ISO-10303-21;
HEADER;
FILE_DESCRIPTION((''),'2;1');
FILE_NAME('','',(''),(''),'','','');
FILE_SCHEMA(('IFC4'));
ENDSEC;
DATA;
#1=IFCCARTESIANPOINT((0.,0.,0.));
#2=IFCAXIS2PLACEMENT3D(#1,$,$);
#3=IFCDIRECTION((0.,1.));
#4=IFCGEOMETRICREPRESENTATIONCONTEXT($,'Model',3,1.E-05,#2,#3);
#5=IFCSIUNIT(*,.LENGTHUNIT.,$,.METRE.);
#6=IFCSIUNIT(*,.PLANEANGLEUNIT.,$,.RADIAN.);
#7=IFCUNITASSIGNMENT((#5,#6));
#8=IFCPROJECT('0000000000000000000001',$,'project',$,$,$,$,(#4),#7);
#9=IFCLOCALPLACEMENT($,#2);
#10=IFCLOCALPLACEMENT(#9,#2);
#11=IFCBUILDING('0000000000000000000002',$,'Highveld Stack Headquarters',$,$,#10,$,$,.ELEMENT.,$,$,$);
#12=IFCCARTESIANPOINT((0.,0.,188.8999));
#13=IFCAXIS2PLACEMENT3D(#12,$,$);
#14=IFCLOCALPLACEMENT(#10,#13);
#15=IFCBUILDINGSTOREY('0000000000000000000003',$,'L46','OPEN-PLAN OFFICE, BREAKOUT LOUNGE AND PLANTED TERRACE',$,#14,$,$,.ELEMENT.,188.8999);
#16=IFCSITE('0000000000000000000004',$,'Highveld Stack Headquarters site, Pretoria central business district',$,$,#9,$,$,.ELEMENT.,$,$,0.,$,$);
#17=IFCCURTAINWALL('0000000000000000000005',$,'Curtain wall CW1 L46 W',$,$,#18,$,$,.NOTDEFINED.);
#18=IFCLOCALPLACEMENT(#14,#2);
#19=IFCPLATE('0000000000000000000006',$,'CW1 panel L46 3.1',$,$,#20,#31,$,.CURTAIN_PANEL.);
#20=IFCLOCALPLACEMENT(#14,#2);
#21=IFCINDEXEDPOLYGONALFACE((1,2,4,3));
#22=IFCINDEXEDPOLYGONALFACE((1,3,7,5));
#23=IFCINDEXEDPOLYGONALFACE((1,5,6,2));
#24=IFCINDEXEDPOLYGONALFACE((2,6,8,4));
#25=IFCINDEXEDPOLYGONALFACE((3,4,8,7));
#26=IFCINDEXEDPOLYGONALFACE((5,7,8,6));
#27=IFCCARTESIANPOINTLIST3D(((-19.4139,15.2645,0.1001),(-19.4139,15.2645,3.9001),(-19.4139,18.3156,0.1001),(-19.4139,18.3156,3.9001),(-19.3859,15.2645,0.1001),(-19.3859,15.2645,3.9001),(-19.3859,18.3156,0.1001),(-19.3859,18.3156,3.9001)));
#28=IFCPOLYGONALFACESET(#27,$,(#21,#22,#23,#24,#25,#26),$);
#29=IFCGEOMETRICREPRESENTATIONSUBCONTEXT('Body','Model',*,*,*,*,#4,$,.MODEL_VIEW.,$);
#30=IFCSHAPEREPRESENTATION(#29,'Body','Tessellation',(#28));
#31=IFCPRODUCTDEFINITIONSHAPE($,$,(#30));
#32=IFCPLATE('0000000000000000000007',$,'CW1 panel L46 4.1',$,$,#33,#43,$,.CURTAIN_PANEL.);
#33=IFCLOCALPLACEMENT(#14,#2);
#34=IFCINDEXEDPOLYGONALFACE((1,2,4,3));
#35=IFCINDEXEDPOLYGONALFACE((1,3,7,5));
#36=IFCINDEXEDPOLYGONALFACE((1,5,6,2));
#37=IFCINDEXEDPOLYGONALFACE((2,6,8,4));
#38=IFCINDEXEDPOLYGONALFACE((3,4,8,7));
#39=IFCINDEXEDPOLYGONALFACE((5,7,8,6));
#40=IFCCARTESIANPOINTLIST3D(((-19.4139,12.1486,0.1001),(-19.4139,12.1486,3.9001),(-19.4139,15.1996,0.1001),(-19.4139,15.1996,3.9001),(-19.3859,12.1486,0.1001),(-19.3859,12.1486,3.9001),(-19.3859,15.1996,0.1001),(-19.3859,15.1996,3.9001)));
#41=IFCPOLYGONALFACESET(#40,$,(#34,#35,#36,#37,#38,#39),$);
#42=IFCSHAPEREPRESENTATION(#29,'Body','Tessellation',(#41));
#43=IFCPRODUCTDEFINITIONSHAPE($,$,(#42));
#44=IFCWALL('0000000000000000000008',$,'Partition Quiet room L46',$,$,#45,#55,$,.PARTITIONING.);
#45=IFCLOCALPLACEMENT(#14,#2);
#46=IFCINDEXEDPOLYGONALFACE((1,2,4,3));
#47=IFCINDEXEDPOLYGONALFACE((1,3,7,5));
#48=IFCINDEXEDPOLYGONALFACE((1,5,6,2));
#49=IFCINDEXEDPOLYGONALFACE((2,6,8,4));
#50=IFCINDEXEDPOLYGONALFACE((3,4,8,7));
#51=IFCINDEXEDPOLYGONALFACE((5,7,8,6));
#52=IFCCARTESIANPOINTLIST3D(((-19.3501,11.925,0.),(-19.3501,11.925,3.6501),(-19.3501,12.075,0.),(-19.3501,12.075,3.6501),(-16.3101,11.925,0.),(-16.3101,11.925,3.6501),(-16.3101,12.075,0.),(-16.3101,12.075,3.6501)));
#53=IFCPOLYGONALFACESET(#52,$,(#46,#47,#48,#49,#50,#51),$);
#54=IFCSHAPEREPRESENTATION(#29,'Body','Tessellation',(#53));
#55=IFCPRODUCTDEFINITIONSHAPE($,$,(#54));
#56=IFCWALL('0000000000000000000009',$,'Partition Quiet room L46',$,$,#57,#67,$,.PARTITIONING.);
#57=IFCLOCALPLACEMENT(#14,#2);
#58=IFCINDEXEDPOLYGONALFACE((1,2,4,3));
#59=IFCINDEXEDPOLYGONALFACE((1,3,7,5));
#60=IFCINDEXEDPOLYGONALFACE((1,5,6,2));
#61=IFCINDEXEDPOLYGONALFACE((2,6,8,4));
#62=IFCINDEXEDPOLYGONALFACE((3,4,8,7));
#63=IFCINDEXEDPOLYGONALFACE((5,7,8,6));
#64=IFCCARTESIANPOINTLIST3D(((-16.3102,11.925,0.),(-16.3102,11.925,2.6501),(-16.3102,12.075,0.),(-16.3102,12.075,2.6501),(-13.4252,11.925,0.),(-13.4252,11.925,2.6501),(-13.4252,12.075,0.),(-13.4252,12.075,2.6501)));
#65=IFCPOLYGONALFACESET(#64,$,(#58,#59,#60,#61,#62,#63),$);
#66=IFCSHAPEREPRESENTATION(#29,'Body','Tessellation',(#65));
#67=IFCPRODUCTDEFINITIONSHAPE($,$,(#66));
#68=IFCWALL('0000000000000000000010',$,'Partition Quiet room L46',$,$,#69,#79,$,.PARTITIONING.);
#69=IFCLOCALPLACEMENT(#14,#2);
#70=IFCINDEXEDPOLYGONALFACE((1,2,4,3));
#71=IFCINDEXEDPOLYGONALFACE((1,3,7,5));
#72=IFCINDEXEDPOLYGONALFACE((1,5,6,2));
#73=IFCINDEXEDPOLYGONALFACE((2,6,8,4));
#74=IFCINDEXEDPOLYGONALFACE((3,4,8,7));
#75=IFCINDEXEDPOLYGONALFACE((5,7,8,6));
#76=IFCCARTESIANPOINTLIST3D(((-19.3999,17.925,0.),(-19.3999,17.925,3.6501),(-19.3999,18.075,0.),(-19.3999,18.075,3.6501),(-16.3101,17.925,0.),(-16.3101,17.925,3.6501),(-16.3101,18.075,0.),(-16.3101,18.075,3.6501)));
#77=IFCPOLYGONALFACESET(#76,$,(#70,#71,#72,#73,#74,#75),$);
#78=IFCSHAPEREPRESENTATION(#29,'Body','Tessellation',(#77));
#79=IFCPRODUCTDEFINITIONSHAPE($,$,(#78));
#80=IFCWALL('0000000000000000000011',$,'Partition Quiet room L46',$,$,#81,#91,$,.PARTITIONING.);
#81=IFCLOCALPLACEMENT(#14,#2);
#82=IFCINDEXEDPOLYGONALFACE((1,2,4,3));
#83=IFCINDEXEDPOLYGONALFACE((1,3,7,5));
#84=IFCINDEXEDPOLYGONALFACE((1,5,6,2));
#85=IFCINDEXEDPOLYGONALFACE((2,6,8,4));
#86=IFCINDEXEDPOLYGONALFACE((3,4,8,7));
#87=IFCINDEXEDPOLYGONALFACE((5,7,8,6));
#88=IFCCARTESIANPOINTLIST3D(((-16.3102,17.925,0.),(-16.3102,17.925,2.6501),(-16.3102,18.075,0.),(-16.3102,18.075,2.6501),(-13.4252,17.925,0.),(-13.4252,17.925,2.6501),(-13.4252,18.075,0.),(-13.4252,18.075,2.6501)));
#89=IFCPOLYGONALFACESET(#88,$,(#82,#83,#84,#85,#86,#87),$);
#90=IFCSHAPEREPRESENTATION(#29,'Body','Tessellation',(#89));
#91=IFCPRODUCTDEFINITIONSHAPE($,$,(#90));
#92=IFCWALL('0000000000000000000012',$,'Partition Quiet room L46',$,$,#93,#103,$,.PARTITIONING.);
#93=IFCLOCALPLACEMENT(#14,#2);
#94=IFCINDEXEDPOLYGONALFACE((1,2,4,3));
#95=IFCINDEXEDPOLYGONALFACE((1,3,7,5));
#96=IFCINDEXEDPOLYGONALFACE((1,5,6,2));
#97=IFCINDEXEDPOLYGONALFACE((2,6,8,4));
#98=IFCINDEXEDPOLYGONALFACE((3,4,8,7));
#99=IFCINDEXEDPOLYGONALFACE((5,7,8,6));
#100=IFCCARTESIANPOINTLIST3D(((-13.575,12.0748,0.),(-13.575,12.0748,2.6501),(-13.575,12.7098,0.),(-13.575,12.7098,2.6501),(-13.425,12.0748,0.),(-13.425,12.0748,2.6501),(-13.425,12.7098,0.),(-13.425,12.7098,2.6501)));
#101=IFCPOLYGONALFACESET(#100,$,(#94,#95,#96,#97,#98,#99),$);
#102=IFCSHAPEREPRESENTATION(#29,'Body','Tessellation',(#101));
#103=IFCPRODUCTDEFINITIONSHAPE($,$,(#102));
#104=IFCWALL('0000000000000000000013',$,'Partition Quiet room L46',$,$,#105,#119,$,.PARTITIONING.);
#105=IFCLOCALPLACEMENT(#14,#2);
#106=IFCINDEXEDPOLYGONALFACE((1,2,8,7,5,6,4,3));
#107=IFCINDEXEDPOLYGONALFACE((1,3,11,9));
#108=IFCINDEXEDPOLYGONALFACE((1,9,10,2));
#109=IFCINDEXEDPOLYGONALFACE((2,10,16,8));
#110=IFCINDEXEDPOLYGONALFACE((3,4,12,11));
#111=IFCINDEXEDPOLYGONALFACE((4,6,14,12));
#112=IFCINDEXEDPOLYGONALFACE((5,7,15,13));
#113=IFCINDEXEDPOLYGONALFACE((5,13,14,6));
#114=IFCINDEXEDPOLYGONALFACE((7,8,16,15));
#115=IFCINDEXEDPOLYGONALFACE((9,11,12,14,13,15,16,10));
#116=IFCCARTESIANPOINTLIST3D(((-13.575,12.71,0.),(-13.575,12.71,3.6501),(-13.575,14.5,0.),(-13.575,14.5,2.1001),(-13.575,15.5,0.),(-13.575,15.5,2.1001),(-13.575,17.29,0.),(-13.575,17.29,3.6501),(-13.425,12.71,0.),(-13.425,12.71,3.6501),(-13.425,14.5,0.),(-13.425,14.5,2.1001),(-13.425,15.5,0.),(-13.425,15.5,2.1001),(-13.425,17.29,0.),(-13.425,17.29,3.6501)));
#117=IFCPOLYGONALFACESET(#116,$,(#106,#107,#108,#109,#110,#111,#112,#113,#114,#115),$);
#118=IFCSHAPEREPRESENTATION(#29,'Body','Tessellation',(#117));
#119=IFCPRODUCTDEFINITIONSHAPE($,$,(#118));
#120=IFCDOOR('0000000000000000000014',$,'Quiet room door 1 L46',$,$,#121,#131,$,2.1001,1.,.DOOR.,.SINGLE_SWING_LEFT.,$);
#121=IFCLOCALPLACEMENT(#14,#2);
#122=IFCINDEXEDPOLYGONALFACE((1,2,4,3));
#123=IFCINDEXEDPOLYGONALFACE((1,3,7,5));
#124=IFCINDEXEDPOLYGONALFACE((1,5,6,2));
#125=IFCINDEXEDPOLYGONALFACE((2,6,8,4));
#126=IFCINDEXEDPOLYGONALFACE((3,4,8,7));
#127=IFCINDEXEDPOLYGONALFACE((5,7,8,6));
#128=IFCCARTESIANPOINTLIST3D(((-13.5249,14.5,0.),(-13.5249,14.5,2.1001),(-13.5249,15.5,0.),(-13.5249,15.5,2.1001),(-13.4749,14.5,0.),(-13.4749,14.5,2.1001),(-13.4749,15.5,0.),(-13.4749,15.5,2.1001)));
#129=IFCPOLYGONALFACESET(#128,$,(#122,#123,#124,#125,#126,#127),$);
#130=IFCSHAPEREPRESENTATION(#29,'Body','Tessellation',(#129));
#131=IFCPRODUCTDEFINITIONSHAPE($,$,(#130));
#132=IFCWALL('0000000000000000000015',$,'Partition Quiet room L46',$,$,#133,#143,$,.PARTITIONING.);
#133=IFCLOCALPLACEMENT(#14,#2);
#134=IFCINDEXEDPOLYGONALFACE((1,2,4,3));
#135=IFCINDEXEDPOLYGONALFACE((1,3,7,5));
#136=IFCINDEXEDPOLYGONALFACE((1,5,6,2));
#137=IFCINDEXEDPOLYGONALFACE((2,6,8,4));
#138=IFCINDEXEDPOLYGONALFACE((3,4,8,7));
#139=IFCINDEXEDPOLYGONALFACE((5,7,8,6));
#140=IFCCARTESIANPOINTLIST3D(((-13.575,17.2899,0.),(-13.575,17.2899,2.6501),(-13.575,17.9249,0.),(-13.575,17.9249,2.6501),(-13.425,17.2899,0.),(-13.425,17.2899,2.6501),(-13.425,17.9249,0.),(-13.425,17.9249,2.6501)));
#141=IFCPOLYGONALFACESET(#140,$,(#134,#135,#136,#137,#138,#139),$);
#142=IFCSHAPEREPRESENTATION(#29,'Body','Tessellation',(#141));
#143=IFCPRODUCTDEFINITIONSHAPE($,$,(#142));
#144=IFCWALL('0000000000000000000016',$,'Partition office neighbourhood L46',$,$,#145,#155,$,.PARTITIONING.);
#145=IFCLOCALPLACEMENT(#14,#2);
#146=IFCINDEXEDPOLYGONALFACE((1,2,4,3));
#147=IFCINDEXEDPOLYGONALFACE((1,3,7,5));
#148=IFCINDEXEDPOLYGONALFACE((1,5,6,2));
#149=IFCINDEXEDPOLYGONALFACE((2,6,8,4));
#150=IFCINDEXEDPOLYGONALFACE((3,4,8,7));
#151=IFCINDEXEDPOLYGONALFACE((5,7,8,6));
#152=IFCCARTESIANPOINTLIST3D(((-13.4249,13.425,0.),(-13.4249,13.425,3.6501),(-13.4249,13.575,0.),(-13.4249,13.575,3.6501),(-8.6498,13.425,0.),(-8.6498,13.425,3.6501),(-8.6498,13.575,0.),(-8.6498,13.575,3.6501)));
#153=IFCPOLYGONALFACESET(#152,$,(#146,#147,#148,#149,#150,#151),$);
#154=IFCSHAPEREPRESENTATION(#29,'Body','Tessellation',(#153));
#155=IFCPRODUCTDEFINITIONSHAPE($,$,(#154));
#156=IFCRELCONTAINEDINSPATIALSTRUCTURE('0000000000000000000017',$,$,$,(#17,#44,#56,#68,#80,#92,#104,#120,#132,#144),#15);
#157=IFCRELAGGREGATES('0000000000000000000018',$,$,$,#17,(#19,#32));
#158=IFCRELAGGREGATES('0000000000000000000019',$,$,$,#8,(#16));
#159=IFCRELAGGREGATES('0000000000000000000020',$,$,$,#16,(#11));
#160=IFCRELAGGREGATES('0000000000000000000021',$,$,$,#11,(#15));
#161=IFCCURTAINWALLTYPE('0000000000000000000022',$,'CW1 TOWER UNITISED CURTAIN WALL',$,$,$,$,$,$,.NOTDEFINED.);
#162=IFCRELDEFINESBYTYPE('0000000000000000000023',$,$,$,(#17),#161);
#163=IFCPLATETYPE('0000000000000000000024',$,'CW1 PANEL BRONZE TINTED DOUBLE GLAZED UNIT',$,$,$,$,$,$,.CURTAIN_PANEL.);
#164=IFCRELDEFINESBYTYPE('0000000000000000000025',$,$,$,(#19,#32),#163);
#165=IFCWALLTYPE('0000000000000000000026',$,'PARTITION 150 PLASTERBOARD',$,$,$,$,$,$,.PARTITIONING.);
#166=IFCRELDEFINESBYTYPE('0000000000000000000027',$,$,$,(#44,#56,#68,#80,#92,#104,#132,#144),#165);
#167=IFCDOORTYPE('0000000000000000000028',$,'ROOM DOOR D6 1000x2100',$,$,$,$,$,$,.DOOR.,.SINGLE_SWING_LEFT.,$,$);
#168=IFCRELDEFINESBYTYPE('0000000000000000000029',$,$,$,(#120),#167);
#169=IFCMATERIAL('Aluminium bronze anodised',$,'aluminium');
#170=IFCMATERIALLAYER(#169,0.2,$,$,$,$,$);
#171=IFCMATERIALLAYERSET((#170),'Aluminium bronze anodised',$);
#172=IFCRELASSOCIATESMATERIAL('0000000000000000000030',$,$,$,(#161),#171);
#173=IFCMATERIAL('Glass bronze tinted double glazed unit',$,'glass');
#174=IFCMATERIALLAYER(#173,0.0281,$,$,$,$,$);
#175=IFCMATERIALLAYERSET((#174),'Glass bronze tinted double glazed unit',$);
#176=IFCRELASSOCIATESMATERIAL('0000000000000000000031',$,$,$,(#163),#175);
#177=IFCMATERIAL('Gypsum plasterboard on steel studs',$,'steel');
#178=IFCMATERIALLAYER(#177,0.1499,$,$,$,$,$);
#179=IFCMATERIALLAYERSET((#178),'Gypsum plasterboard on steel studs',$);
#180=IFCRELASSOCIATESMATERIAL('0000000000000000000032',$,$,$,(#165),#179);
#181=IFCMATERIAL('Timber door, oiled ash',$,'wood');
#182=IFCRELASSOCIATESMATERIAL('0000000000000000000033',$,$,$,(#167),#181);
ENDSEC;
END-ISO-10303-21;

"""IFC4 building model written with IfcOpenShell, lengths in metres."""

from ifc_helpers import new_model, si_unit, direction, frame, frame_2d, origin, origin_2d, place, context, subcontext, project, spatial, rectangle, extrude, material, layer, layer_set, type_object, element, fill, aggregate, save


model = new_model("IFC4")

# Units and contexts
model_context = context("Model", 3, precision=1e-05, world=origin(), true_north=direction((0.0, 1.0)))
body_context = subcontext(model_context, "Body", "Model", "MODEL_VIEW")
ifc_project = project(units=[si_unit("LENGTHUNIT", "METRE"), si_unit("PLANEANGLEUNIT", "RADIAN")], contexts=[model_context])

# Site, building, storey
site_placement = place(None, origin())
site = spatial("IfcSite", under=ifc_project, at=site_placement, Name="Highveld Stack Headquarters site, Pretoria central business district", CompositionType="ELEMENT", RefElevation=0.0)
building_placement = place(site_placement, origin())
building = spatial("IfcBuilding", under=site, at=building_placement, Name="Highveld Stack Headquarters", CompositionType="ELEMENT")
storey_placement = place(building_placement, frame((0.0, 0.0, 188.8999)))
storey = spatial("IfcBuildingStorey", under=building, at=storey_placement, Name="L46", Description="OPEN-PLAN OFFICE, BREAKOUT LOUNGE AND PLANTED TERRACE", CompositionType="ELEMENT", Elevation=188.8999)

# Curtain wall
ifc_material_1 = material(Name="Aluminium bronze anodised", Category="aluminium")
ifc_layer_1 = layer(ifc_material_1, 0.2)
ifc_layer_set_1 = layer_set([ifc_layer_1], Name="Aluminium bronze anodised")
curtain_wall_type = type_object("IfcCurtainWallType", Name="CW1 TOWER UNITISED CURTAIN WALL", PredefinedType="NOTDEFINED", material=ifc_layer_set_1)
curtain_wall_placement = place(storey_placement, origin())
curtain_wall = element("IfcCurtainWall", 1, at=curtain_wall_placement, inside=storey, type_object=curtain_wall_type, Name="Curtain wall CW1 L46 W", PredefinedType="NOTDEFINED")

# Plates
ifc_material_2 = material(Name="Glass bronze tinted double glazed unit", Category="glass")
ifc_layer_2 = layer(ifc_material_2, 0.0281)
ifc_layer_set_2 = layer_set([ifc_layer_2], Name="Glass bronze tinted double glazed unit")
plate_type = type_object("IfcPlateType", Name="CW1 PANEL BRONZE TINTED DOUBLE GLAZED UNIT", PredefinedType="CURTAIN_PANEL", material=ifc_layer_set_2)
plate_1_placement = place(storey_placement, frame((-19.3999, 16.79, 0.1001), z_axis=(0.0, 0.0, 1.0), x_axis=(0.0, -1.0, 0.0)))
plate_1 = element("IfcPlate", 2, at=plate_1_placement, type_object=plate_type, Name="CW1 panel L46 3.1", PredefinedType="CURTAIN_PANEL", context=body_context, shape_type="SweptSolid", body=[
    extrude(rectangle(XDim=3.051, YDim=0.0281, at=origin_2d()), origin(), (0.0, 0.0, 1.0), 3.8),
])
plate_2_placement = place(storey_placement, frame((-19.3999, 13.6741, 0.1001), z_axis=(0.0, 0.0, 1.0), x_axis=(0.0, -1.0, 0.0)))
plate_2 = element("IfcPlate", 3, at=plate_2_placement, type_object=plate_type, Name="CW1 panel L46 4.1", PredefinedType="CURTAIN_PANEL", context=body_context, shape_type="SweptSolid", body=[
    extrude(rectangle(XDim=3.051, YDim=0.0281, at=origin_2d()), origin(), (0.0, 0.0, 1.0), 3.8),
])
aggregate(curtain_wall, [plate_1, plate_2])

# Walls
ifc_material_3 = material(Name="Gypsum plasterboard on steel studs", Category="steel")
ifc_layer_3 = layer(ifc_material_3, 0.1499)
ifc_layer_set_3 = layer_set([ifc_layer_3], Name="Gypsum plasterboard on steel studs")
wall_type = type_object("IfcWallType", Name="PARTITION 150 PLASTERBOARD", PredefinedType="PARTITIONING", material=ifc_layer_set_3)
wall_1_placement = place(storey_placement, frame((-19.3501, 12.0, 0.0), z_axis=(0.0, 0.0, 1.0), x_axis=(1.0, 0.0, 0.0)))
element("IfcWall", 4, at=wall_1_placement, inside=storey, type_object=wall_type, Name="Partition Quiet room L46", PredefinedType="PARTITIONING", context=body_context, shape_type="SweptSolid", body=[
    extrude(rectangle(XDim=3.04, YDim=0.1499, at=frame_2d((1.52, 0.0))), origin(), (0.0, 0.0, 1.0), 3.6501),
])
wall_2_placement = place(storey_placement, frame((-16.3101, 12.0, 0.0), z_axis=(0.0, 0.0, 1.0), x_axis=(1.0, 0.0, 0.0)))
element("IfcWall", 5, at=wall_2_placement, inside=storey, type_object=wall_type, Name="Partition Quiet room L46", PredefinedType="PARTITIONING", context=body_context, shape_type="SweptSolid", body=[
    extrude(rectangle(XDim=2.885, YDim=0.1499, at=frame_2d((1.4424, 0.0))), origin(), (0.0, 0.0, 1.0), 2.6501),
])
wall_3_placement = place(storey_placement, frame((-19.3999, 18.0, 0.0), z_axis=(0.0, 0.0, 1.0), x_axis=(1.0, 0.0, 0.0)))
element("IfcWall", 6, at=wall_3_placement, inside=storey, type_object=wall_type, Name="Partition Quiet room L46", PredefinedType="PARTITIONING", context=body_context, shape_type="SweptSolid", body=[
    extrude(rectangle(XDim=3.0898, YDim=0.1499, at=frame_2d((1.5449, 0.0))), origin(), (0.0, 0.0, 1.0), 3.6501),
])
wall_4_placement = place(storey_placement, frame((-16.3101, 18.0, 0.0), z_axis=(0.0, 0.0, 1.0), x_axis=(1.0, 0.0, 0.0)))
element("IfcWall", 7, at=wall_4_placement, inside=storey, type_object=wall_type, Name="Partition Quiet room L46", PredefinedType="PARTITIONING", context=body_context, shape_type="SweptSolid", body=[
    extrude(rectangle(XDim=2.885, YDim=0.1499, at=frame_2d((1.4424, 0.0))), origin(), (0.0, 0.0, 1.0), 2.6501),
])
wall_5_placement = place(storey_placement, frame((-13.5, 12.075, 0.0), z_axis=(0.0, 0.0, 1.0), x_axis=(0.0, 1.0, 0.0)))
element("IfcWall", 8, at=wall_5_placement, inside=storey, type_object=wall_type, Name="Partition Quiet room L46", PredefinedType="PARTITIONING", context=body_context, shape_type="SweptSolid", body=[
    extrude(rectangle(XDim=0.635, YDim=0.1499, at=frame_2d((0.3174, 0.0))), origin(), (0.0, 0.0, 1.0), 2.6501),
])

# Wall, opening, door
wall_6_placement = place(storey_placement, frame((-13.5, 12.71, 0.0), z_axis=(0.0, 0.0, 1.0), x_axis=(0.0, 1.0, 0.0)))
wall_6 = element("IfcWall", 9, at=wall_6_placement, inside=storey, type_object=wall_type, Name="Partition Quiet room L46", PredefinedType="PARTITIONING", context=body_context, shape_type="SweptSolid", body=[
    extrude(rectangle(XDim=4.5801, YDim=0.1499, at=frame_2d((2.29, 0.0))), origin(), (0.0, 0.0, 1.0), 3.6501),
])
opening_placement = place(wall_6_placement, frame((1.79, 0.0, 0.0)))
opening = element("IfcOpeningElement", 10, at=opening_placement, cuts=wall_6, PredefinedType="OPENING", context=body_context, shape_type="SweptSolid", body=[
    extrude(rectangle(XDim=1.0, YDim=2.1001, at=frame_2d((0.5, 1.05))), frame((0.0, 0.085, 0.0), z_axis=(0.0, -1.0, 0.0), x_axis=(1.0, 0.0, 0.0)), (0.0, 0.0, 1.0), 0.1699),
])
ifc_material_4 = material(Name="Timber door, oiled ash", Category="wood")
door_type = type_object("IfcDoorType", Name="ROOM DOOR D6 1000x2100", OperationType="SINGLE_SWING_LEFT", PredefinedType="DOOR", material=ifc_material_4)
door_placement = place(opening_placement, origin())
door = element("IfcDoor", 11, at=door_placement, inside=storey, type_object=door_type, Name="Quiet room door 1 L46", OperationType="SINGLE_SWING_LEFT", OverallHeight=2.1001, OverallWidth=1.0, PredefinedType="DOOR", context=body_context, shape_type="SweptSolid", body=[
    extrude(rectangle(XDim=1.0, YDim=2.1001, at=frame_2d((0.5, 1.05))), frame((0.0, 0.0249, 0.0), z_axis=(0.0, -1.0, 0.0), x_axis=(1.0, 0.0, 0.0)), (0.0, 0.0, 1.0), 0.05),
])
fill(opening, door)

# Walls
wall_7_placement = place(storey_placement, frame((-13.5, 17.29, 0.0), z_axis=(0.0, 0.0, 1.0), x_axis=(0.0, 1.0, 0.0)))
element("IfcWall", 12, at=wall_7_placement, inside=storey, type_object=wall_type, Name="Partition Quiet room L46", PredefinedType="PARTITIONING", context=body_context, shape_type="SweptSolid", body=[
    extrude(rectangle(XDim=0.635, YDim=0.1499, at=frame_2d((0.3174, 0.0))), origin(), (0.0, 0.0, 1.0), 2.6501),
])
wall_8_placement = place(storey_placement, frame((-13.425, 13.5, 0.0), z_axis=(0.0, 0.0, 1.0), x_axis=(1.0, 0.0, 0.0)))
element("IfcWall", 13, at=wall_8_placement, inside=storey, type_object=wall_type, Name="Partition office neighbourhood L46", PredefinedType="PARTITIONING", context=body_context, shape_type="SweptSolid", body=[
    extrude(rectangle(XDim=4.7751, YDim=0.1499, at=frame_2d((2.3877, 0.0))), origin(), (0.0, 0.0, 1.0), 3.6501),
])

save(model, "model.ifc")
